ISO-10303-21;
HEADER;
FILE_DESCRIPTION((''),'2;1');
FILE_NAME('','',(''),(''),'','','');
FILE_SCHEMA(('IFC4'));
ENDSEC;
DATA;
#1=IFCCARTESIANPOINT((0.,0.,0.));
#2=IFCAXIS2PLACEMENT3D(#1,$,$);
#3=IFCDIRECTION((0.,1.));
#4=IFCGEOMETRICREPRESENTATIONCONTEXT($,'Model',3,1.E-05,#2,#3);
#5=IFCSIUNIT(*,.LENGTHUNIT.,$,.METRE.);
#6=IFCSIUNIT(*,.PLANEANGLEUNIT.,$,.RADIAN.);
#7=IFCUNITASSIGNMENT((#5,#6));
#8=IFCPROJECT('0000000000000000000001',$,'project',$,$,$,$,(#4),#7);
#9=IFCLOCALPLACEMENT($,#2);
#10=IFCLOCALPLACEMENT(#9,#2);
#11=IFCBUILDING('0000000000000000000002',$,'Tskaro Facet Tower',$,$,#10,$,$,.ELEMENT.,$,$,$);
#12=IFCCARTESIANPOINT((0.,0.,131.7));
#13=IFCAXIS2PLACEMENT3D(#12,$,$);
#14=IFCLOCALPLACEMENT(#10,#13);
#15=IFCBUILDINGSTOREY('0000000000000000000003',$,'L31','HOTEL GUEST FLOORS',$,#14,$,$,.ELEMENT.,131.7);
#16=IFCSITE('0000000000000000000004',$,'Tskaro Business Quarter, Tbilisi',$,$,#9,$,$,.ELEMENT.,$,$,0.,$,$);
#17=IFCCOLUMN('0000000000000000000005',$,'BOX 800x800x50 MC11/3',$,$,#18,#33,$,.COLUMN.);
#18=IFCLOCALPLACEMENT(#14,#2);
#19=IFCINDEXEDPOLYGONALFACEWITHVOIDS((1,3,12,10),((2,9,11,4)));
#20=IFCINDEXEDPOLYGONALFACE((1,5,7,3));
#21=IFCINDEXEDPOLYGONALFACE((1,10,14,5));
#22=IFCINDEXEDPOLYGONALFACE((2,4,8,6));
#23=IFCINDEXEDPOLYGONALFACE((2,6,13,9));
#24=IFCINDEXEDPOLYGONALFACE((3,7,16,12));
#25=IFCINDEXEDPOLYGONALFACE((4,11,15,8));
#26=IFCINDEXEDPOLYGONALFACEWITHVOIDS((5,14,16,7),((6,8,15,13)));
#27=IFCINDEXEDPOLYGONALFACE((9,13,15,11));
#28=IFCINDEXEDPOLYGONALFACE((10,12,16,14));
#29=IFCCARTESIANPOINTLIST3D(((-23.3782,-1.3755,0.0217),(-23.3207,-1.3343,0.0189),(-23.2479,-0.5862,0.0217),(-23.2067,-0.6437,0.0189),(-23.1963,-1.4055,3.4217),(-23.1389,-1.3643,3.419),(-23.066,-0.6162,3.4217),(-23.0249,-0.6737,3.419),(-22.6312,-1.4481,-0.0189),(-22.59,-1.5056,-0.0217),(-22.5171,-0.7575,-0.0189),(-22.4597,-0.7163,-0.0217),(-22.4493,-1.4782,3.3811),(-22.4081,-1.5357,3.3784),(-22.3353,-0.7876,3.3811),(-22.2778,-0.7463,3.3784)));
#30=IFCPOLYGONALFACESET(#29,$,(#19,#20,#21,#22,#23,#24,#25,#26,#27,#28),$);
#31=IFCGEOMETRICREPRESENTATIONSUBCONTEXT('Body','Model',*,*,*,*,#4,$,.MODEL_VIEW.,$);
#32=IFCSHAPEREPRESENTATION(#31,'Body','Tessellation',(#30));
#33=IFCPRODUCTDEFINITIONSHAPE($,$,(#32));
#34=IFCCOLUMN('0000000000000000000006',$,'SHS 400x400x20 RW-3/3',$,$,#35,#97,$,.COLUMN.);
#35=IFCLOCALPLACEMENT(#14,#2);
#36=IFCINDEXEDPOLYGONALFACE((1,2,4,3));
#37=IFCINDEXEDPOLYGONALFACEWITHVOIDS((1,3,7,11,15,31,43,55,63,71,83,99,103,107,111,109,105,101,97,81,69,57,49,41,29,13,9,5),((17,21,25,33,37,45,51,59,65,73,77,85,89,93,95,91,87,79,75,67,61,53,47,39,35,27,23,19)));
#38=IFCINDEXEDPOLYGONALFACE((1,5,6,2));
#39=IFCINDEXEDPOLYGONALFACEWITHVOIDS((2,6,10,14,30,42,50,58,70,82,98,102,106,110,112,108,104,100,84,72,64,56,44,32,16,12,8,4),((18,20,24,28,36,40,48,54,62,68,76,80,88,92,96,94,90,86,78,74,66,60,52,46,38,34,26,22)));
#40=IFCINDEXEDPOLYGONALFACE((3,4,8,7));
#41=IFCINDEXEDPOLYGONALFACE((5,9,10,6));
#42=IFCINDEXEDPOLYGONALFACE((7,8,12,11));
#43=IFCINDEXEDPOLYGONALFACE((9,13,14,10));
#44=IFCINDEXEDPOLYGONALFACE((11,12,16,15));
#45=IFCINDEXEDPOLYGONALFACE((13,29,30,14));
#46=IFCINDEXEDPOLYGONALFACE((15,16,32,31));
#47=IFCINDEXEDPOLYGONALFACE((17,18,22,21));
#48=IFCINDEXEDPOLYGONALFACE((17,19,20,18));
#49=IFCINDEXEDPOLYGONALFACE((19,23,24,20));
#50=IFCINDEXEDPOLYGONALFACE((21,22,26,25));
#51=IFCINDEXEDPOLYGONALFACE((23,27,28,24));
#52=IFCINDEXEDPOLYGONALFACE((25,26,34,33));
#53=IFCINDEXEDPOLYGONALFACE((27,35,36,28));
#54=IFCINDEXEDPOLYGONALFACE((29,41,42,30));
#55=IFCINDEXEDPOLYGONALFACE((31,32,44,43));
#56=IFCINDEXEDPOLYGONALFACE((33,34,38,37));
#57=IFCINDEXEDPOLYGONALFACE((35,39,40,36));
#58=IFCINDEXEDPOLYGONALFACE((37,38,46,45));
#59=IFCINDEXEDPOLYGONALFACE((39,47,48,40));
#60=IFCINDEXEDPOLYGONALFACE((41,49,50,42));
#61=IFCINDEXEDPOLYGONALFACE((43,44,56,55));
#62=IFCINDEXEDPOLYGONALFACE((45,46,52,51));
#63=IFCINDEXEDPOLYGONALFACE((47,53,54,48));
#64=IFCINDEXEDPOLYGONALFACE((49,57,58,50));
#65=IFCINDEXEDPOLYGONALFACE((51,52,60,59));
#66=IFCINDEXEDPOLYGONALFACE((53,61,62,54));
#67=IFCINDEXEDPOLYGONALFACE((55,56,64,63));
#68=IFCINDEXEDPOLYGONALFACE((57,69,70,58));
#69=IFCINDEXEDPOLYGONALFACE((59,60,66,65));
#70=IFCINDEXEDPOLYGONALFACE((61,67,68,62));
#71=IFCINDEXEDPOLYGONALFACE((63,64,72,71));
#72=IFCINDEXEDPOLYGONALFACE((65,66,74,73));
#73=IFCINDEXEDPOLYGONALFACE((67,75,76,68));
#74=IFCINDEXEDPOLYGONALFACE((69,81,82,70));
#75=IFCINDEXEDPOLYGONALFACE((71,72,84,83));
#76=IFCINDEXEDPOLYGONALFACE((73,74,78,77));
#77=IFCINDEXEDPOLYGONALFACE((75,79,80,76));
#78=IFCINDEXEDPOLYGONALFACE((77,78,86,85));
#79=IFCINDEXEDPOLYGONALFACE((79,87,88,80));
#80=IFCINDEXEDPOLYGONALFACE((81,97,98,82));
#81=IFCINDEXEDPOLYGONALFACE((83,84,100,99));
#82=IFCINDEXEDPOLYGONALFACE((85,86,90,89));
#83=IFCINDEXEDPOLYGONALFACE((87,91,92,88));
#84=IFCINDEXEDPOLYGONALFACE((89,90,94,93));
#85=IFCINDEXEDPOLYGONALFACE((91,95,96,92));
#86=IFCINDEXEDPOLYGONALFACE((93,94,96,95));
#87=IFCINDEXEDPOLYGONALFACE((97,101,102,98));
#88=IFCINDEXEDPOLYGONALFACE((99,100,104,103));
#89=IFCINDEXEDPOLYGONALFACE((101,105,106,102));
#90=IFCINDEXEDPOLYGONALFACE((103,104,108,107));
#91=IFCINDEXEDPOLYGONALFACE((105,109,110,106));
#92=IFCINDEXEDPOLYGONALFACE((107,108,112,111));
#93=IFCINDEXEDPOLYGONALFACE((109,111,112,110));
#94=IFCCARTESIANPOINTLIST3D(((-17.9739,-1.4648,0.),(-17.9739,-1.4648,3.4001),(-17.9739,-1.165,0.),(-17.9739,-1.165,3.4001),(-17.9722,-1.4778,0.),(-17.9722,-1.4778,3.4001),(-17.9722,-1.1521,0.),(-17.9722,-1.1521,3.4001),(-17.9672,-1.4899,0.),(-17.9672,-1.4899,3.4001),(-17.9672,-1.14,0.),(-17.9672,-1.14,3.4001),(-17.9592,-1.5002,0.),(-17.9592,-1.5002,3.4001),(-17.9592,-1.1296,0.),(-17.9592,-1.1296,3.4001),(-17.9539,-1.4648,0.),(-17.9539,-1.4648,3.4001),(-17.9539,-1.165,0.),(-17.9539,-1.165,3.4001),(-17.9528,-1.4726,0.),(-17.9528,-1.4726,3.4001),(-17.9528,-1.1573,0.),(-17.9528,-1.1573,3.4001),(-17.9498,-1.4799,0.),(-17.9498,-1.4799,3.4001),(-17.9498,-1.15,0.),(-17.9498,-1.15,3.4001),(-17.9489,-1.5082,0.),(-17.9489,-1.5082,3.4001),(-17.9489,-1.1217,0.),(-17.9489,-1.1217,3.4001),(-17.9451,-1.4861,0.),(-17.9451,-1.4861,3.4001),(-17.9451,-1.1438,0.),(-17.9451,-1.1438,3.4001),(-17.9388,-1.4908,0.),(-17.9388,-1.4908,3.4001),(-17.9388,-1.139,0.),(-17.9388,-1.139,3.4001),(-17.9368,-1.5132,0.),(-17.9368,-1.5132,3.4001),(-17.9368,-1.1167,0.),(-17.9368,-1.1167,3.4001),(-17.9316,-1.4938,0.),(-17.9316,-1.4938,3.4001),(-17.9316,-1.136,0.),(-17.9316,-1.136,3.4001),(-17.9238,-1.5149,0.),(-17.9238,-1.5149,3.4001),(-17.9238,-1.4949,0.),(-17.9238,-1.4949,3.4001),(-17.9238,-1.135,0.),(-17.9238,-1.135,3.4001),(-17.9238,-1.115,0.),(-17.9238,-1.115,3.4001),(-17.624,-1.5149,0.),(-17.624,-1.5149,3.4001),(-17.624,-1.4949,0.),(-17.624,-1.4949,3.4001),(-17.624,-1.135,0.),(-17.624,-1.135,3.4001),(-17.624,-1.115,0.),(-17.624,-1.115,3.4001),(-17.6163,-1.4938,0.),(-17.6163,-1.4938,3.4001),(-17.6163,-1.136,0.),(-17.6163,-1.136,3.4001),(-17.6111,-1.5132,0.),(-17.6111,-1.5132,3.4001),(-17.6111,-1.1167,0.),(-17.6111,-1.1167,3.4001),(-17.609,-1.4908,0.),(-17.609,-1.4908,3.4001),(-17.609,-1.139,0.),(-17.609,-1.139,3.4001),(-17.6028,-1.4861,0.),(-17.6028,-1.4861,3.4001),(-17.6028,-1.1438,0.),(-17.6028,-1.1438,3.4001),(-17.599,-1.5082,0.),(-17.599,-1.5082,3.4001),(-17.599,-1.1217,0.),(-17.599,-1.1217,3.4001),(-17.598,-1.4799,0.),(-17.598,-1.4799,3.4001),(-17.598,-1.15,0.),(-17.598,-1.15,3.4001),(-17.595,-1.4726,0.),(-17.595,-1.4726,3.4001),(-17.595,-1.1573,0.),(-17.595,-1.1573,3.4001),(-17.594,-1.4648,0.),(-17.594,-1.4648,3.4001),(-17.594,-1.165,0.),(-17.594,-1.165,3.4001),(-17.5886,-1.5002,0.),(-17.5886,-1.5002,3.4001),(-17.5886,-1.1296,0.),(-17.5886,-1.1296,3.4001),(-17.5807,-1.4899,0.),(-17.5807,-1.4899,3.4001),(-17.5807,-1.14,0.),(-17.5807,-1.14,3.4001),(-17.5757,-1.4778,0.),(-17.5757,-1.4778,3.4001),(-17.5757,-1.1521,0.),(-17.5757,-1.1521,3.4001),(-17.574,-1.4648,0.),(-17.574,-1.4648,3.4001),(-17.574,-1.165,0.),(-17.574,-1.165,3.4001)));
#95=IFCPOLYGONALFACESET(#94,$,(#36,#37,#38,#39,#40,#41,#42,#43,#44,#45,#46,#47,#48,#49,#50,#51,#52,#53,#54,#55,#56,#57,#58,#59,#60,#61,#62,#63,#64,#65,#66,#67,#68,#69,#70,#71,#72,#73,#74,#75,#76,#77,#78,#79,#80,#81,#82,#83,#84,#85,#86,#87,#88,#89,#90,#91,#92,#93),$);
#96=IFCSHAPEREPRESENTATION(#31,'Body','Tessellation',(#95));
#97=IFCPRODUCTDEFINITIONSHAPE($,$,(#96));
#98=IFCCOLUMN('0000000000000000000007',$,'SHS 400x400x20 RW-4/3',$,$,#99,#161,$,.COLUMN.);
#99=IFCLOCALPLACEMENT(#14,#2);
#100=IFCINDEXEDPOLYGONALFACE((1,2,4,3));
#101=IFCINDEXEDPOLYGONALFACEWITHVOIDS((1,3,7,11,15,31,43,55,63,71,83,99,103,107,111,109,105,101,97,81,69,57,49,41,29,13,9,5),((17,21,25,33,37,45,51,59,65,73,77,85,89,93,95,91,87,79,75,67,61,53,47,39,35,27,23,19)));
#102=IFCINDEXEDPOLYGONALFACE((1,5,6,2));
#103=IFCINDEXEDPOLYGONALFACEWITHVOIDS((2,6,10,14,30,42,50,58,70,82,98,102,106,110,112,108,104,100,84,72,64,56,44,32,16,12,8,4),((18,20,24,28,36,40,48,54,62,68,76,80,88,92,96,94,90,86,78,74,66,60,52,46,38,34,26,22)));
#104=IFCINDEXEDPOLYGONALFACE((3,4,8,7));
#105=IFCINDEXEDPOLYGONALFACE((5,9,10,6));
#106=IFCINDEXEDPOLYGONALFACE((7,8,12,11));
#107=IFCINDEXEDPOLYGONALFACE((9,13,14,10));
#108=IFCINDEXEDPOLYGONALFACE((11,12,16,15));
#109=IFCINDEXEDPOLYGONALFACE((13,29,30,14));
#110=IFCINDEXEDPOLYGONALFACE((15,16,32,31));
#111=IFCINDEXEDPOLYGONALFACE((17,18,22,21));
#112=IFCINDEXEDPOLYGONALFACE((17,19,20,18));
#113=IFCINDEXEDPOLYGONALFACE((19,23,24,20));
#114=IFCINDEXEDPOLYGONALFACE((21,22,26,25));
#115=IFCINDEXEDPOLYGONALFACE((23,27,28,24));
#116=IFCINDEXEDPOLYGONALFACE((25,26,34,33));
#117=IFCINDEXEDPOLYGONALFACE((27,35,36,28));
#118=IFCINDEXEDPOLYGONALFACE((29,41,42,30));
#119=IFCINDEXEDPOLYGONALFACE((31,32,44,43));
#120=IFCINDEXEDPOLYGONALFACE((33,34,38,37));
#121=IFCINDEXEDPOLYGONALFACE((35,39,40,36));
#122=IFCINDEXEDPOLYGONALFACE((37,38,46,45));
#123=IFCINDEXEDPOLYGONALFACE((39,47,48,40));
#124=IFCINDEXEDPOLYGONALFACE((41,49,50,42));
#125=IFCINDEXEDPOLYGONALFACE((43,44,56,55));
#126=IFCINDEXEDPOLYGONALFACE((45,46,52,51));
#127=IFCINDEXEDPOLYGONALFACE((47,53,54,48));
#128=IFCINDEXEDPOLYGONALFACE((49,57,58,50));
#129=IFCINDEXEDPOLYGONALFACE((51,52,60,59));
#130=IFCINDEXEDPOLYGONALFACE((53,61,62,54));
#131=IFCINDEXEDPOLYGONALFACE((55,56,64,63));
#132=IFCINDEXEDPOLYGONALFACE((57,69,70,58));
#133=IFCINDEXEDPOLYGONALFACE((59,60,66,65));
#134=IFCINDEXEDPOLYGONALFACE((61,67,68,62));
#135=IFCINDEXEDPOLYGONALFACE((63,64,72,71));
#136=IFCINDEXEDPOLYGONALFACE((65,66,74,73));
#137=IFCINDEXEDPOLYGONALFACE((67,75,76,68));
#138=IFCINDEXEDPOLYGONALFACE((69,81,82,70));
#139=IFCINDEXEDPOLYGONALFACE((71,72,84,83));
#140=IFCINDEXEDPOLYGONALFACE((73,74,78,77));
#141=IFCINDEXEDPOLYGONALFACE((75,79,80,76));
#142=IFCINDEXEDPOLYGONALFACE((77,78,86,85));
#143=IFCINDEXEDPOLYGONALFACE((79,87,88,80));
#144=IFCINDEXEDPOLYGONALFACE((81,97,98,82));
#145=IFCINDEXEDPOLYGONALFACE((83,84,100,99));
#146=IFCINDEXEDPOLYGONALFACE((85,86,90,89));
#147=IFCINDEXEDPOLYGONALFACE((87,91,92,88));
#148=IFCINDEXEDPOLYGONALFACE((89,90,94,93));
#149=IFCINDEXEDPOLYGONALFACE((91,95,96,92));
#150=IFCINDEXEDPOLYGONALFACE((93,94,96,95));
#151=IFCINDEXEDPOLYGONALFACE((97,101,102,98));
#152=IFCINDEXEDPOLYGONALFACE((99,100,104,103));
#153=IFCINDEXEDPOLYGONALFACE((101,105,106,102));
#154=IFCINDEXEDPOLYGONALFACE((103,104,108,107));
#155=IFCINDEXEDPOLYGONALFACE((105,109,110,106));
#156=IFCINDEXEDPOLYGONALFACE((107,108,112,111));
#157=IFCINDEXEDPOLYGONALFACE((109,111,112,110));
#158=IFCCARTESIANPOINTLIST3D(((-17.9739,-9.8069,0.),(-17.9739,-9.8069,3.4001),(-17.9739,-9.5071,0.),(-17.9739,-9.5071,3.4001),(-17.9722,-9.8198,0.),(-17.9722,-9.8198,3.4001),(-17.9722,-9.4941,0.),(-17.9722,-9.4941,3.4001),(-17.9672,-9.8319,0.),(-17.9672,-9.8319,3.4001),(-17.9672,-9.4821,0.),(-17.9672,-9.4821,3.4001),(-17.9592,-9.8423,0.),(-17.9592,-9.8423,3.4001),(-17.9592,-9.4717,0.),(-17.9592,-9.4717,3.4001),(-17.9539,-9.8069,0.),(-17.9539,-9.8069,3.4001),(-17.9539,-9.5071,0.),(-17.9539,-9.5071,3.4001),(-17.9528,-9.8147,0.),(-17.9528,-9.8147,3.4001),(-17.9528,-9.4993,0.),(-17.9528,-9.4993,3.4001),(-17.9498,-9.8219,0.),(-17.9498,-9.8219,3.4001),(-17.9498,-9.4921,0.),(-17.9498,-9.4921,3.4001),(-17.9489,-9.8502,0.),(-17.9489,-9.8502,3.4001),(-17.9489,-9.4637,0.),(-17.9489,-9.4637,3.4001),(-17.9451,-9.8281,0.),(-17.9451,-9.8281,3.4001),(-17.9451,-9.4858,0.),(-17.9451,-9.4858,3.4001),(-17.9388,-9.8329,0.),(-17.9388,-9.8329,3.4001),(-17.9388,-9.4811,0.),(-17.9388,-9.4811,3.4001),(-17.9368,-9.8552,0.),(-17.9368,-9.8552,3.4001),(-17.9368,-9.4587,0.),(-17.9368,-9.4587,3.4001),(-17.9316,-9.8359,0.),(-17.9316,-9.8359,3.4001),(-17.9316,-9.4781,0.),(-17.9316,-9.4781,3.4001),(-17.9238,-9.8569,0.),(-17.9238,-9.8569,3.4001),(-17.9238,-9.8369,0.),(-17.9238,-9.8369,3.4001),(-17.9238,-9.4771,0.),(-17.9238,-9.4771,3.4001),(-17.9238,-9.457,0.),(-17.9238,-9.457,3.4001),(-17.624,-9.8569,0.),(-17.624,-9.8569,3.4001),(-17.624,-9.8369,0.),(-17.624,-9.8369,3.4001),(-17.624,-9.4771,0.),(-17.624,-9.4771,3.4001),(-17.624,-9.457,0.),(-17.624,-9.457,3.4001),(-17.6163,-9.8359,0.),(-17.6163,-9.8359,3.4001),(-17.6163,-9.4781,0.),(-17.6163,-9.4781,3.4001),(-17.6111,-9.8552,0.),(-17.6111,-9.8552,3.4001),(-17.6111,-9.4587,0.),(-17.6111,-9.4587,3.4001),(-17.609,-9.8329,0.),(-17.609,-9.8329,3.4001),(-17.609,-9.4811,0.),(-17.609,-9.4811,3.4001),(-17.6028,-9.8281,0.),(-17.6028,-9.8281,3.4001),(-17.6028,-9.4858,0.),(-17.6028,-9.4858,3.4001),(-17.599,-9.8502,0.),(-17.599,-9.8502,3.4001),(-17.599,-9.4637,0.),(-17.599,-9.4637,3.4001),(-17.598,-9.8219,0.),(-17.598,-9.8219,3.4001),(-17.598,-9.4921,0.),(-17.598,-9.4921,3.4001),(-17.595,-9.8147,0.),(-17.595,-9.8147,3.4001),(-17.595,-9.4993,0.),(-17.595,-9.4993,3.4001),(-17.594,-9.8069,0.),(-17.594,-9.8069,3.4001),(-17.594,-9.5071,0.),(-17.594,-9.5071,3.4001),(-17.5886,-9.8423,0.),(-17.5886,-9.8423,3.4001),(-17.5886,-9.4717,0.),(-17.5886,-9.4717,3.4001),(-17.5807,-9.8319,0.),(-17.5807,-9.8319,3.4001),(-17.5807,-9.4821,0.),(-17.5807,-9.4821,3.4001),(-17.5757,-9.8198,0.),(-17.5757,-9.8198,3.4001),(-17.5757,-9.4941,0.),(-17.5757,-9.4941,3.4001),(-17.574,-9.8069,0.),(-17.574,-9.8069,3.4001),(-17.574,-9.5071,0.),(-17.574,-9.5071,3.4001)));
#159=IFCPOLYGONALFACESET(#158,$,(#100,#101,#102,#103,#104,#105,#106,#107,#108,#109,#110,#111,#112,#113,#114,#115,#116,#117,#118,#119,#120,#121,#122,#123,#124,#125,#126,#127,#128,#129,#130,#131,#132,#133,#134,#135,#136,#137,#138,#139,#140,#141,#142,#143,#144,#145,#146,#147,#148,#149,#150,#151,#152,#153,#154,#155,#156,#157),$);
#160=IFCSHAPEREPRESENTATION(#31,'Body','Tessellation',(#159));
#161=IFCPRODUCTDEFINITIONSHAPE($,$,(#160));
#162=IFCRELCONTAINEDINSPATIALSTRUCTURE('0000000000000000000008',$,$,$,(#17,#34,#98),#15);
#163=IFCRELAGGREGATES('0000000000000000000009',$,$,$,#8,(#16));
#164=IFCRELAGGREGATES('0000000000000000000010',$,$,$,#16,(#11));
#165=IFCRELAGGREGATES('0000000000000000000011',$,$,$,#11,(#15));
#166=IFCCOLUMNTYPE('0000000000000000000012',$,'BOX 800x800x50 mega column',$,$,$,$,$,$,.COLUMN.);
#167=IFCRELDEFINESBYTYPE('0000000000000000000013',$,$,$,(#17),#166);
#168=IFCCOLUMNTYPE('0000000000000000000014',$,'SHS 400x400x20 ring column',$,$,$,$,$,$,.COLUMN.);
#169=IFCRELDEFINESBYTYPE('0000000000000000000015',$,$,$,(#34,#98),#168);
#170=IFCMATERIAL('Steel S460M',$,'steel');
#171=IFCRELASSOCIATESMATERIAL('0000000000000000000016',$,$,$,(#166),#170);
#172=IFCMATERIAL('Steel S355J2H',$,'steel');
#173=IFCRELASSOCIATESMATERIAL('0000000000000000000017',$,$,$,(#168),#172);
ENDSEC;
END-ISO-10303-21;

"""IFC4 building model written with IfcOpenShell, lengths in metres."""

from ifc_helpers import new_model, si_unit, direction, frame, origin, origin_2d, place, context, subcontext, project, spatial, hollow_rectangle, extrude, material, material_profile, profile_set, type_object, element, save


model = new_model("IFC4")

# Units and contexts
model_context = context("Model", 3, precision=1e-05, world=origin(), true_north=direction((0.0, 1.0)))
body_context = subcontext(model_context, "Body", "Model", "MODEL_VIEW")
ifc_project = project(units=[si_unit("LENGTHUNIT", "METRE"), si_unit("PLANEANGLEUNIT", "RADIAN")], contexts=[model_context])

# Site, building, storey
site_placement = place(None, origin())
site = spatial("IfcSite", under=ifc_project, at=site_placement, Name="Tskaro Business Quarter, Tbilisi", CompositionType="ELEMENT", RefElevation=0.0)
building_placement = place(site_placement, origin())
building = spatial("IfcBuilding", under=site, at=building_placement, Name="Tskaro Facet Tower", CompositionType="ELEMENT")
storey_placement = place(building_placement, frame((0.0, 0.0, 131.7)))
storey = spatial("IfcBuildingStorey", under=building, at=storey_placement, Name="L31", Description="HOTEL GUEST FLOORS", CompositionType="ELEMENT", Elevation=131.7)

# Columns
ifc_material_1 = material(Name="Steel S460M", Category="steel")
ifc_material_profile_1 = material_profile(ifc_material_1, hollow_rectangle(XDim=0.8, YDim=0.8, WallThickness=0.05, at=origin_2d()), Name="BOX 800x800x50")
ifc_profile_set_1 = profile_set([ifc_material_profile_1], Name="Steel S460M")
column_type_1 = type_object("IfcColumnType", Name="BOX 800x800x50 mega column", PredefinedType="COLUMN", material=ifc_profile_set_1)
column_placement = place(storey_placement, frame((-22.9189, -1.0459, 0.0), z_axis=(0.053415, -0.008819, 0.998533), x_axis=(0.162895, 0.986643, 0.0)))
element("IfcColumn", 1, at=column_placement, inside=storey, type_object=column_type_1, Name="BOX 800x800x50 MC11/3", PredefinedType="COLUMN", context=body_context, shape_type="SweptSolid", body=[
    extrude(hollow_rectangle(XDim=0.8, YDim=0.8, WallThickness=0.05, at=origin_2d()), origin(), (0.0, 0.0, 1.0), 3.405),
])
ifc_material_2 = material(Name="Steel S355J2H", Category="steel")
ifc_material_profile_2 = material_profile(ifc_material_2, hollow_rectangle(XDim=0.3999, YDim=0.3999, WallThickness=0.02, InnerFilletRadius=0.03, OuterFilletRadius=0.05, at=origin_2d()), Name="SHS 400x400x20")
ifc_profile_set_2 = profile_set([ifc_material_profile_2], Name="Steel S355J2H")
column_type_2 = type_object("IfcColumnType", Name="SHS 400x400x20 ring column", PredefinedType="COLUMN", material=ifc_profile_set_2)
for number, where, z_axis, x_axis, name in (
    (2, (-17.7739, -1.3149, 0.0), (0.0, 0.0, 1.0), (1.0, 0.0, 0.0), "SHS 400x400x20 RW-3/3"),
    (3, (-17.7739, -9.657, 0.0), (0.0, 0.0, 1.0), (1.0, 0.0, 0.0), "SHS 400x400x20 RW-4/3"),
):
    element("IfcColumn", number, at=place(storey_placement, frame(where, z_axis=z_axis, x_axis=x_axis)), inside=storey, type_object=column_type_2, Name=name, PredefinedType="COLUMN", context=body_context, shape_type="SweptSolid", body=[
        extrude(hollow_rectangle(XDim=0.3999, YDim=0.3999, WallThickness=0.02, InnerFilletRadius=0.03, OuterFilletRadius=0.05, at=origin_2d()), origin(), (0.0, 0.0, 1.0), 3.4001),
    ])

save(model, "model.ifc")
